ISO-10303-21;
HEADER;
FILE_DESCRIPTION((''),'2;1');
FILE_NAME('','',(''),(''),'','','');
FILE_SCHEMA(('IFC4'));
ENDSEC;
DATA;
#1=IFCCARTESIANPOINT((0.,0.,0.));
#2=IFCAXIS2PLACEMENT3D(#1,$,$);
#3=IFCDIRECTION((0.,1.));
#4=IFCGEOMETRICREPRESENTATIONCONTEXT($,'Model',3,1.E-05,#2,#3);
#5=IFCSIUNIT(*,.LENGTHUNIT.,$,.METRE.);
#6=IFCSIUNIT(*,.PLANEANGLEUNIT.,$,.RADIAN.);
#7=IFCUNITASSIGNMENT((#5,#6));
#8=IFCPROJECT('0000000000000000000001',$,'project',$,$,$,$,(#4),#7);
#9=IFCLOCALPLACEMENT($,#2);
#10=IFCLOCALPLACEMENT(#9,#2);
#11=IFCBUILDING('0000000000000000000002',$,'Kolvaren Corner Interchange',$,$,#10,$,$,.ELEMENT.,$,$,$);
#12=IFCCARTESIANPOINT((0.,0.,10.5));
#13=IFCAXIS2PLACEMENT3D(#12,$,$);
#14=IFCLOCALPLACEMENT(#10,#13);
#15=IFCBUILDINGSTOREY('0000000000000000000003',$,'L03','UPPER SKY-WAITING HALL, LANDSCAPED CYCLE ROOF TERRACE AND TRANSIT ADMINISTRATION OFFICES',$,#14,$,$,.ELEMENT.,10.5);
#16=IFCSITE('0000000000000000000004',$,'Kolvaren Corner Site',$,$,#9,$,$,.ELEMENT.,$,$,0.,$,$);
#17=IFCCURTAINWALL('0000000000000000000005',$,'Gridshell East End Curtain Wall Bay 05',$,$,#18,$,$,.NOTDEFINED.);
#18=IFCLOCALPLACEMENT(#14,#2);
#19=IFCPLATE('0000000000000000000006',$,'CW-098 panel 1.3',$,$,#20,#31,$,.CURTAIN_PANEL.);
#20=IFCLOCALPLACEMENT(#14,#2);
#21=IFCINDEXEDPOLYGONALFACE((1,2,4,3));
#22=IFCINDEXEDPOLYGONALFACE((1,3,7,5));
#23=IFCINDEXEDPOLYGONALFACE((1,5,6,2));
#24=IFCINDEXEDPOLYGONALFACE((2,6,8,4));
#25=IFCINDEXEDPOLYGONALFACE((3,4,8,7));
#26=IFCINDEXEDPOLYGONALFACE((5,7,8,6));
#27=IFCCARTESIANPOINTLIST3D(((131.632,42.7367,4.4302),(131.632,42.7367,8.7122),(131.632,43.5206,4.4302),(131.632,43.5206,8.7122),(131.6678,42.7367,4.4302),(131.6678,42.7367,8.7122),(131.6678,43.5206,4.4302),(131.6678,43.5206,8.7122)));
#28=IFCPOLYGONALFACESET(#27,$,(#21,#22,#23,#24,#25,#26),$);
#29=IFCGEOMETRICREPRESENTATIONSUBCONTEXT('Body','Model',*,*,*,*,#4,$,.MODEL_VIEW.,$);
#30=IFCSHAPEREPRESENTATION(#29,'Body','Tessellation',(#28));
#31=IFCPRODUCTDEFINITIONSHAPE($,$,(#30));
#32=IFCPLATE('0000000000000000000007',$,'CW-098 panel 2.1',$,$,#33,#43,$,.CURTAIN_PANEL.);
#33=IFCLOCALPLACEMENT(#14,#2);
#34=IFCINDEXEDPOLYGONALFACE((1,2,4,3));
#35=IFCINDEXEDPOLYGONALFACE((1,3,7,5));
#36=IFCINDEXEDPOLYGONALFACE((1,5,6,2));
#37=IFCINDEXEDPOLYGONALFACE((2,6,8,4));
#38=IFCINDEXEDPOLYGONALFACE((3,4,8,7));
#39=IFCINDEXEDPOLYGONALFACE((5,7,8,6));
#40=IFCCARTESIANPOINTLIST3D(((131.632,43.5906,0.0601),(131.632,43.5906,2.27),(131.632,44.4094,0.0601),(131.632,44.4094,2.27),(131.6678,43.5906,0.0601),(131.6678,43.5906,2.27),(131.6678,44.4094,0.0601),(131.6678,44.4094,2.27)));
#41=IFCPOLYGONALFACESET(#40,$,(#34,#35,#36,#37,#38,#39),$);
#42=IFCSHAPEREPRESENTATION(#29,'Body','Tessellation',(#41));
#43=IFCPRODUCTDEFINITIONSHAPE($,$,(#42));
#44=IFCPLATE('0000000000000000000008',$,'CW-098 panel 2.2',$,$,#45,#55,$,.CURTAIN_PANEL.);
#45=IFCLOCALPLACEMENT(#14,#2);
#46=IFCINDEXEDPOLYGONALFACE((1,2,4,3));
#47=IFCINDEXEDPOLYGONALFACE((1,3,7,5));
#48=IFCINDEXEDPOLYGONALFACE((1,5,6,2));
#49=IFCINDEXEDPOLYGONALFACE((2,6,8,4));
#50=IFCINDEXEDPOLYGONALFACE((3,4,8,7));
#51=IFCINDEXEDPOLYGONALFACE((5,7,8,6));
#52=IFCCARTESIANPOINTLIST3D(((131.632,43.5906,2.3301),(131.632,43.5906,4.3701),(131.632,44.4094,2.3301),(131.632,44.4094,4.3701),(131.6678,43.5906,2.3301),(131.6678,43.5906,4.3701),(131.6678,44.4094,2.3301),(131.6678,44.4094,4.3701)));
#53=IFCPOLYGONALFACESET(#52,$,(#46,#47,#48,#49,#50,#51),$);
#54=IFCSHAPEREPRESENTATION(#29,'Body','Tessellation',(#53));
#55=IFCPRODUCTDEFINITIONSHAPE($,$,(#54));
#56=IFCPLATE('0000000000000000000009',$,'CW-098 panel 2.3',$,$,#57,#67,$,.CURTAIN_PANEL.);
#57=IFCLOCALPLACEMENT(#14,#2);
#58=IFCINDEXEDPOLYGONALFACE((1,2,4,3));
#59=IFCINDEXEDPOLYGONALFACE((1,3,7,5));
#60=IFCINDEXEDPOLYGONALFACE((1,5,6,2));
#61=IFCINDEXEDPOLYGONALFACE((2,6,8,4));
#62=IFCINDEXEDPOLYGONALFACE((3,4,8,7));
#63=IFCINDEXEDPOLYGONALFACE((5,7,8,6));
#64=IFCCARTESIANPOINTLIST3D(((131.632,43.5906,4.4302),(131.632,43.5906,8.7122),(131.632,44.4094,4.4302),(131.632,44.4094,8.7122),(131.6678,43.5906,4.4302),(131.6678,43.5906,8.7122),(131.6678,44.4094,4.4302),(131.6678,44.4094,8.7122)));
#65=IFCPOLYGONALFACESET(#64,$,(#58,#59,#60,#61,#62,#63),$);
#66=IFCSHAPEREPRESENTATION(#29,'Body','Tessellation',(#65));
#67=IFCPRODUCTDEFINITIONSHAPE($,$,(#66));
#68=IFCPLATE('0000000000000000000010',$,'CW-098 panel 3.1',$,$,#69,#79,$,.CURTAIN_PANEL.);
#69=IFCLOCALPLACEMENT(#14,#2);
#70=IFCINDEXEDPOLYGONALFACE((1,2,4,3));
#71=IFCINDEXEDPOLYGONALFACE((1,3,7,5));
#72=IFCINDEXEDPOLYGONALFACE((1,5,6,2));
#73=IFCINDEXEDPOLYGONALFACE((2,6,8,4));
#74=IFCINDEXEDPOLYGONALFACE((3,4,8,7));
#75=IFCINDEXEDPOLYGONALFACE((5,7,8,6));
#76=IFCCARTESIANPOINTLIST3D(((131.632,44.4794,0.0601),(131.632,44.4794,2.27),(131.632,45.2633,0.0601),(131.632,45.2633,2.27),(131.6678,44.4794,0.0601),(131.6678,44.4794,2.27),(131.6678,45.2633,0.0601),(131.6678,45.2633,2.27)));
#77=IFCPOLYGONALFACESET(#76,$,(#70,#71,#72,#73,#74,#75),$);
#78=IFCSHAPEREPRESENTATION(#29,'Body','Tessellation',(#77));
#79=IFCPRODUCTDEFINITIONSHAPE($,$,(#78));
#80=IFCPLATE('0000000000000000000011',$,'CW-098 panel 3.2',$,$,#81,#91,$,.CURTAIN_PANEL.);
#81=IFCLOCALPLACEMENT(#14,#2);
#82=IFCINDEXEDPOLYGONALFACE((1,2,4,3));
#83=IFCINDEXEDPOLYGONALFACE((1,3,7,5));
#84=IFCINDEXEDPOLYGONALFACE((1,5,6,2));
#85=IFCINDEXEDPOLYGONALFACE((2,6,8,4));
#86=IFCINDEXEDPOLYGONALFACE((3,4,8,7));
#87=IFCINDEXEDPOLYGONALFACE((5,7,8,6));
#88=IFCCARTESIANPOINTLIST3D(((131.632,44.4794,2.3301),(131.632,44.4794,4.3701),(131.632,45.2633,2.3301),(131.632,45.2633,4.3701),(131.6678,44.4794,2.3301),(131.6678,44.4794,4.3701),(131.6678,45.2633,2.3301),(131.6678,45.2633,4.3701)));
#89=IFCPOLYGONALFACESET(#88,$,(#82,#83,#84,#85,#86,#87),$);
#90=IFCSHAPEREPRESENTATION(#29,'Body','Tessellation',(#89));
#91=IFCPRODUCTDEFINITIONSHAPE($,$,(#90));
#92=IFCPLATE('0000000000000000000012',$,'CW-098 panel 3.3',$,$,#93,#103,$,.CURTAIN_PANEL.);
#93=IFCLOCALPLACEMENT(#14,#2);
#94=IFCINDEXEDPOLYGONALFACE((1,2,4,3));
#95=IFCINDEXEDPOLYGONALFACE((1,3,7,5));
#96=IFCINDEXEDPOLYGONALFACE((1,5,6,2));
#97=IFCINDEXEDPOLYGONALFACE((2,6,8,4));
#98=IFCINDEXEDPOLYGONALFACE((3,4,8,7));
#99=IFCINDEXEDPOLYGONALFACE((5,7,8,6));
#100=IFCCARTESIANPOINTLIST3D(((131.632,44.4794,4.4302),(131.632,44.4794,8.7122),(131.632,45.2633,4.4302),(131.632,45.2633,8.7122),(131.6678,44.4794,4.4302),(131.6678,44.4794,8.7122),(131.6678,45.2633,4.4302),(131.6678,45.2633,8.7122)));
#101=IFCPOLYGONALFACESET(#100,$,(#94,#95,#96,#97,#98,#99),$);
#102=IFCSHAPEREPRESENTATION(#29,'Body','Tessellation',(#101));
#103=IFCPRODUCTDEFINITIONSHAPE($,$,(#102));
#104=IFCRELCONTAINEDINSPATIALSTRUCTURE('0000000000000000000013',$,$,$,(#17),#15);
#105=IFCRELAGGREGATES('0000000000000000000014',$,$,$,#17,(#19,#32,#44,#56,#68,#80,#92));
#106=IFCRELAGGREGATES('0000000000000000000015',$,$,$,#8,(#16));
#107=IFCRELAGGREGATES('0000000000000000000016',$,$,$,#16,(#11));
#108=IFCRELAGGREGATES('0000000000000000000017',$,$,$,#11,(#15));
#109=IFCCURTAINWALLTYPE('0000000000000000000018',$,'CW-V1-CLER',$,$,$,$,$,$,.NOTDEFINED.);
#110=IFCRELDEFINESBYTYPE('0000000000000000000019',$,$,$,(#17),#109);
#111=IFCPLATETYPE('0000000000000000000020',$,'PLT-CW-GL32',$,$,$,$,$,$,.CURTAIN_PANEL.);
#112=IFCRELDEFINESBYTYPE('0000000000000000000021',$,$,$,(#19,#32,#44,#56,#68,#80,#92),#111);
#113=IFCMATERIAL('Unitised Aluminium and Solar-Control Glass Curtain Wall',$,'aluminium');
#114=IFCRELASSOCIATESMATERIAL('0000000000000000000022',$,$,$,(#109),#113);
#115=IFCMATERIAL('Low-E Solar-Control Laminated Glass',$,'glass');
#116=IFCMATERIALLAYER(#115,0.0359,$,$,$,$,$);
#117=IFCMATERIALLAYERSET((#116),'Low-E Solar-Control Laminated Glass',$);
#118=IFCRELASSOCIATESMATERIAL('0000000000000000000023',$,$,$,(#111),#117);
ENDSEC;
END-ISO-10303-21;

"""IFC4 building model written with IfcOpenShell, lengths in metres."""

from ifc_helpers import new_model, si_unit, direction, frame, origin, origin_2d, place, context, subcontext, project, spatial, rectangle, extrude, material, layer, layer_set, type_object, element, aggregate, save


model = new_model("IFC4")

# Units and contexts
model_context = context("Model", 3, precision=1e-05, world=origin(), true_north=direction((0.0, 1.0)))
body_context = subcontext(model_context, "Body", "Model", "MODEL_VIEW")
ifc_project = project(units=[si_unit("LENGTHUNIT", "METRE"), si_unit("PLANEANGLEUNIT", "RADIAN")], contexts=[model_context])

# Site, building, storey
site_placement = place(None, origin())
site = spatial("IfcSite", under=ifc_project, at=site_placement, Name="Kolvaren Corner Site", CompositionType="ELEMENT", RefElevation=0.0)
building_placement = place(site_placement, origin())
building = spatial("IfcBuilding", under=site, at=building_placement, Name="Kolvaren Corner Interchange", CompositionType="ELEMENT")
storey_placement = place(building_placement, frame((0.0, 0.0, 10.5)))
storey = spatial("IfcBuildingStorey", under=building, at=storey_placement, Name="L03", Description="UPPER SKY-WAITING HALL, LANDSCAPED CYCLE ROOF TERRACE AND TRANSIT ADMINISTRATION OFFICES", CompositionType="ELEMENT", Elevation=10.5)

# Curtain wall
ifc_material_1 = material(Name="Unitised Aluminium and Solar-Control Glass Curtain Wall", Category="aluminium")
curtain_wall_type = type_object("IfcCurtainWallType", Name="CW-V1-CLER", PredefinedType="NOTDEFINED", material=ifc_material_1)
curtain_wall_1_placement = place(storey_placement, origin())
curtain_wall_1 = element("IfcCurtainWall", 1, at=curtain_wall_1_placement, inside=storey, type_object=curtain_wall_type, Name="Gridshell East End Curtain Wall Bay 05", PredefinedType="NOTDEFINED")

# Plates
ifc_material_2 = material(Name="Low-E Solar-Control Laminated Glass", Category="glass")
ifc_layer = layer(ifc_material_2, 0.0359)
ifc_layer_set = layer_set([ifc_layer], Name="Low-E Solar-Control Laminated Glass")
plate_type = type_object("IfcPlateType", Name="PLT-CW-GL32", PredefinedType="CURTAIN_PANEL", material=ifc_layer_set)
plate_1_placement = place(storey_placement, frame((131.6499, 43.1287, 4.4302), z_axis=(0.0, 0.0, 1.0), x_axis=(0.0, 1.0, 0.0)))
plate_1 = element("IfcPlate", 2, at=plate_1_placement, type_object=plate_type, Name="CW-098 panel 1.3", PredefinedType="CURTAIN_PANEL", context=body_context, shape_type="SweptSolid", body=[
    extrude(rectangle(XDim=0.7839, YDim=0.0359, at=origin_2d()), origin(), (0.0, 0.0, 1.0), 4.282),
])
plate_2_placement = place(storey_placement, frame((131.6499, 44.0, 0.0601), z_axis=(0.0, 0.0, 1.0), x_axis=(0.0, 1.0, 0.0)))
plate_2 = element("IfcPlate", 3, at=plate_2_placement, type_object=plate_type, Name="CW-098 panel 2.1", PredefinedType="CURTAIN_PANEL", context=body_context, shape_type="SweptSolid", body=[
    extrude(rectangle(XDim=0.8188, YDim=0.0359, at=origin_2d()), origin(), (0.0, 0.0, 1.0), 2.21),
])
plate_3_placement = place(storey_placement, frame((131.6499, 44.0, 2.3301), z_axis=(0.0, 0.0, 1.0), x_axis=(0.0, 1.0, 0.0)))
plate_3 = element("IfcPlate", 4, at=plate_3_placement, type_object=plate_type, Name="CW-098 panel 2.2", PredefinedType="CURTAIN_PANEL", context=body_context, shape_type="SweptSolid", body=[
    extrude(rectangle(XDim=0.8188, YDim=0.0359, at=origin_2d()), origin(), (0.0, 0.0, 1.0), 2.04),
])
plate_4_placement = place(storey_placement, frame((131.6499, 44.0, 4.4302), z_axis=(0.0, 0.0, 1.0), x_axis=(0.0, 1.0, 0.0)))
plate_4 = element("IfcPlate", 5, at=plate_4_placement, type_object=plate_type, Name="CW-098 panel 2.3", PredefinedType="CURTAIN_PANEL", context=body_context, shape_type="SweptSolid", body=[
    extrude(rectangle(XDim=0.8188, YDim=0.0359, at=origin_2d()), origin(), (0.0, 0.0, 1.0), 4.282),
])
plate_5_placement = place(storey_placement, frame((131.6499, 44.8713, 0.0601), z_axis=(0.0, 0.0, 1.0), x_axis=(0.0, 1.0, 0.0)))
plate_5 = element("IfcPlate", 6, at=plate_5_placement, type_object=plate_type, Name="CW-098 panel 3.1", PredefinedType="CURTAIN_PANEL", context=body_context, shape_type="SweptSolid", body=[
    extrude(rectangle(XDim=0.7839, YDim=0.0359, at=origin_2d()), origin(), (0.0, 0.0, 1.0), 2.21),
])
plate_6_placement = place(storey_placement, frame((131.6499, 44.8713, 2.3301), z_axis=(0.0, 0.0, 1.0), x_axis=(0.0, 1.0, 0.0)))
plate_6 = element("IfcPlate", 7, at=plate_6_placement, type_object=plate_type, Name="CW-098 panel 3.2", PredefinedType="CURTAIN_PANEL", context=body_context, shape_type="SweptSolid", body=[
    extrude(rectangle(XDim=0.7839, YDim=0.0359, at=origin_2d()), origin(), (0.0, 0.0, 1.0), 2.04),
])
plate_7_placement = place(storey_placement, frame((131.6499, 44.8713, 4.4302), z_axis=(0.0, 0.0, 1.0), x_axis=(0.0, 1.0, 0.0)))
plate_7 = element("IfcPlate", 8, at=plate_7_placement, type_object=plate_type, Name="CW-098 panel 3.3", PredefinedType="CURTAIN_PANEL", context=body_context, shape_type="SweptSolid", body=[
    extrude(rectangle(XDim=0.7839, YDim=0.0359, at=origin_2d()), origin(), (0.0, 0.0, 1.0), 4.282),
])
aggregate(curtain_wall_1, [plate_1, plate_2, plate_3, plate_4, plate_5, plate_6, plate_7])

save(model, "model.ifc")
